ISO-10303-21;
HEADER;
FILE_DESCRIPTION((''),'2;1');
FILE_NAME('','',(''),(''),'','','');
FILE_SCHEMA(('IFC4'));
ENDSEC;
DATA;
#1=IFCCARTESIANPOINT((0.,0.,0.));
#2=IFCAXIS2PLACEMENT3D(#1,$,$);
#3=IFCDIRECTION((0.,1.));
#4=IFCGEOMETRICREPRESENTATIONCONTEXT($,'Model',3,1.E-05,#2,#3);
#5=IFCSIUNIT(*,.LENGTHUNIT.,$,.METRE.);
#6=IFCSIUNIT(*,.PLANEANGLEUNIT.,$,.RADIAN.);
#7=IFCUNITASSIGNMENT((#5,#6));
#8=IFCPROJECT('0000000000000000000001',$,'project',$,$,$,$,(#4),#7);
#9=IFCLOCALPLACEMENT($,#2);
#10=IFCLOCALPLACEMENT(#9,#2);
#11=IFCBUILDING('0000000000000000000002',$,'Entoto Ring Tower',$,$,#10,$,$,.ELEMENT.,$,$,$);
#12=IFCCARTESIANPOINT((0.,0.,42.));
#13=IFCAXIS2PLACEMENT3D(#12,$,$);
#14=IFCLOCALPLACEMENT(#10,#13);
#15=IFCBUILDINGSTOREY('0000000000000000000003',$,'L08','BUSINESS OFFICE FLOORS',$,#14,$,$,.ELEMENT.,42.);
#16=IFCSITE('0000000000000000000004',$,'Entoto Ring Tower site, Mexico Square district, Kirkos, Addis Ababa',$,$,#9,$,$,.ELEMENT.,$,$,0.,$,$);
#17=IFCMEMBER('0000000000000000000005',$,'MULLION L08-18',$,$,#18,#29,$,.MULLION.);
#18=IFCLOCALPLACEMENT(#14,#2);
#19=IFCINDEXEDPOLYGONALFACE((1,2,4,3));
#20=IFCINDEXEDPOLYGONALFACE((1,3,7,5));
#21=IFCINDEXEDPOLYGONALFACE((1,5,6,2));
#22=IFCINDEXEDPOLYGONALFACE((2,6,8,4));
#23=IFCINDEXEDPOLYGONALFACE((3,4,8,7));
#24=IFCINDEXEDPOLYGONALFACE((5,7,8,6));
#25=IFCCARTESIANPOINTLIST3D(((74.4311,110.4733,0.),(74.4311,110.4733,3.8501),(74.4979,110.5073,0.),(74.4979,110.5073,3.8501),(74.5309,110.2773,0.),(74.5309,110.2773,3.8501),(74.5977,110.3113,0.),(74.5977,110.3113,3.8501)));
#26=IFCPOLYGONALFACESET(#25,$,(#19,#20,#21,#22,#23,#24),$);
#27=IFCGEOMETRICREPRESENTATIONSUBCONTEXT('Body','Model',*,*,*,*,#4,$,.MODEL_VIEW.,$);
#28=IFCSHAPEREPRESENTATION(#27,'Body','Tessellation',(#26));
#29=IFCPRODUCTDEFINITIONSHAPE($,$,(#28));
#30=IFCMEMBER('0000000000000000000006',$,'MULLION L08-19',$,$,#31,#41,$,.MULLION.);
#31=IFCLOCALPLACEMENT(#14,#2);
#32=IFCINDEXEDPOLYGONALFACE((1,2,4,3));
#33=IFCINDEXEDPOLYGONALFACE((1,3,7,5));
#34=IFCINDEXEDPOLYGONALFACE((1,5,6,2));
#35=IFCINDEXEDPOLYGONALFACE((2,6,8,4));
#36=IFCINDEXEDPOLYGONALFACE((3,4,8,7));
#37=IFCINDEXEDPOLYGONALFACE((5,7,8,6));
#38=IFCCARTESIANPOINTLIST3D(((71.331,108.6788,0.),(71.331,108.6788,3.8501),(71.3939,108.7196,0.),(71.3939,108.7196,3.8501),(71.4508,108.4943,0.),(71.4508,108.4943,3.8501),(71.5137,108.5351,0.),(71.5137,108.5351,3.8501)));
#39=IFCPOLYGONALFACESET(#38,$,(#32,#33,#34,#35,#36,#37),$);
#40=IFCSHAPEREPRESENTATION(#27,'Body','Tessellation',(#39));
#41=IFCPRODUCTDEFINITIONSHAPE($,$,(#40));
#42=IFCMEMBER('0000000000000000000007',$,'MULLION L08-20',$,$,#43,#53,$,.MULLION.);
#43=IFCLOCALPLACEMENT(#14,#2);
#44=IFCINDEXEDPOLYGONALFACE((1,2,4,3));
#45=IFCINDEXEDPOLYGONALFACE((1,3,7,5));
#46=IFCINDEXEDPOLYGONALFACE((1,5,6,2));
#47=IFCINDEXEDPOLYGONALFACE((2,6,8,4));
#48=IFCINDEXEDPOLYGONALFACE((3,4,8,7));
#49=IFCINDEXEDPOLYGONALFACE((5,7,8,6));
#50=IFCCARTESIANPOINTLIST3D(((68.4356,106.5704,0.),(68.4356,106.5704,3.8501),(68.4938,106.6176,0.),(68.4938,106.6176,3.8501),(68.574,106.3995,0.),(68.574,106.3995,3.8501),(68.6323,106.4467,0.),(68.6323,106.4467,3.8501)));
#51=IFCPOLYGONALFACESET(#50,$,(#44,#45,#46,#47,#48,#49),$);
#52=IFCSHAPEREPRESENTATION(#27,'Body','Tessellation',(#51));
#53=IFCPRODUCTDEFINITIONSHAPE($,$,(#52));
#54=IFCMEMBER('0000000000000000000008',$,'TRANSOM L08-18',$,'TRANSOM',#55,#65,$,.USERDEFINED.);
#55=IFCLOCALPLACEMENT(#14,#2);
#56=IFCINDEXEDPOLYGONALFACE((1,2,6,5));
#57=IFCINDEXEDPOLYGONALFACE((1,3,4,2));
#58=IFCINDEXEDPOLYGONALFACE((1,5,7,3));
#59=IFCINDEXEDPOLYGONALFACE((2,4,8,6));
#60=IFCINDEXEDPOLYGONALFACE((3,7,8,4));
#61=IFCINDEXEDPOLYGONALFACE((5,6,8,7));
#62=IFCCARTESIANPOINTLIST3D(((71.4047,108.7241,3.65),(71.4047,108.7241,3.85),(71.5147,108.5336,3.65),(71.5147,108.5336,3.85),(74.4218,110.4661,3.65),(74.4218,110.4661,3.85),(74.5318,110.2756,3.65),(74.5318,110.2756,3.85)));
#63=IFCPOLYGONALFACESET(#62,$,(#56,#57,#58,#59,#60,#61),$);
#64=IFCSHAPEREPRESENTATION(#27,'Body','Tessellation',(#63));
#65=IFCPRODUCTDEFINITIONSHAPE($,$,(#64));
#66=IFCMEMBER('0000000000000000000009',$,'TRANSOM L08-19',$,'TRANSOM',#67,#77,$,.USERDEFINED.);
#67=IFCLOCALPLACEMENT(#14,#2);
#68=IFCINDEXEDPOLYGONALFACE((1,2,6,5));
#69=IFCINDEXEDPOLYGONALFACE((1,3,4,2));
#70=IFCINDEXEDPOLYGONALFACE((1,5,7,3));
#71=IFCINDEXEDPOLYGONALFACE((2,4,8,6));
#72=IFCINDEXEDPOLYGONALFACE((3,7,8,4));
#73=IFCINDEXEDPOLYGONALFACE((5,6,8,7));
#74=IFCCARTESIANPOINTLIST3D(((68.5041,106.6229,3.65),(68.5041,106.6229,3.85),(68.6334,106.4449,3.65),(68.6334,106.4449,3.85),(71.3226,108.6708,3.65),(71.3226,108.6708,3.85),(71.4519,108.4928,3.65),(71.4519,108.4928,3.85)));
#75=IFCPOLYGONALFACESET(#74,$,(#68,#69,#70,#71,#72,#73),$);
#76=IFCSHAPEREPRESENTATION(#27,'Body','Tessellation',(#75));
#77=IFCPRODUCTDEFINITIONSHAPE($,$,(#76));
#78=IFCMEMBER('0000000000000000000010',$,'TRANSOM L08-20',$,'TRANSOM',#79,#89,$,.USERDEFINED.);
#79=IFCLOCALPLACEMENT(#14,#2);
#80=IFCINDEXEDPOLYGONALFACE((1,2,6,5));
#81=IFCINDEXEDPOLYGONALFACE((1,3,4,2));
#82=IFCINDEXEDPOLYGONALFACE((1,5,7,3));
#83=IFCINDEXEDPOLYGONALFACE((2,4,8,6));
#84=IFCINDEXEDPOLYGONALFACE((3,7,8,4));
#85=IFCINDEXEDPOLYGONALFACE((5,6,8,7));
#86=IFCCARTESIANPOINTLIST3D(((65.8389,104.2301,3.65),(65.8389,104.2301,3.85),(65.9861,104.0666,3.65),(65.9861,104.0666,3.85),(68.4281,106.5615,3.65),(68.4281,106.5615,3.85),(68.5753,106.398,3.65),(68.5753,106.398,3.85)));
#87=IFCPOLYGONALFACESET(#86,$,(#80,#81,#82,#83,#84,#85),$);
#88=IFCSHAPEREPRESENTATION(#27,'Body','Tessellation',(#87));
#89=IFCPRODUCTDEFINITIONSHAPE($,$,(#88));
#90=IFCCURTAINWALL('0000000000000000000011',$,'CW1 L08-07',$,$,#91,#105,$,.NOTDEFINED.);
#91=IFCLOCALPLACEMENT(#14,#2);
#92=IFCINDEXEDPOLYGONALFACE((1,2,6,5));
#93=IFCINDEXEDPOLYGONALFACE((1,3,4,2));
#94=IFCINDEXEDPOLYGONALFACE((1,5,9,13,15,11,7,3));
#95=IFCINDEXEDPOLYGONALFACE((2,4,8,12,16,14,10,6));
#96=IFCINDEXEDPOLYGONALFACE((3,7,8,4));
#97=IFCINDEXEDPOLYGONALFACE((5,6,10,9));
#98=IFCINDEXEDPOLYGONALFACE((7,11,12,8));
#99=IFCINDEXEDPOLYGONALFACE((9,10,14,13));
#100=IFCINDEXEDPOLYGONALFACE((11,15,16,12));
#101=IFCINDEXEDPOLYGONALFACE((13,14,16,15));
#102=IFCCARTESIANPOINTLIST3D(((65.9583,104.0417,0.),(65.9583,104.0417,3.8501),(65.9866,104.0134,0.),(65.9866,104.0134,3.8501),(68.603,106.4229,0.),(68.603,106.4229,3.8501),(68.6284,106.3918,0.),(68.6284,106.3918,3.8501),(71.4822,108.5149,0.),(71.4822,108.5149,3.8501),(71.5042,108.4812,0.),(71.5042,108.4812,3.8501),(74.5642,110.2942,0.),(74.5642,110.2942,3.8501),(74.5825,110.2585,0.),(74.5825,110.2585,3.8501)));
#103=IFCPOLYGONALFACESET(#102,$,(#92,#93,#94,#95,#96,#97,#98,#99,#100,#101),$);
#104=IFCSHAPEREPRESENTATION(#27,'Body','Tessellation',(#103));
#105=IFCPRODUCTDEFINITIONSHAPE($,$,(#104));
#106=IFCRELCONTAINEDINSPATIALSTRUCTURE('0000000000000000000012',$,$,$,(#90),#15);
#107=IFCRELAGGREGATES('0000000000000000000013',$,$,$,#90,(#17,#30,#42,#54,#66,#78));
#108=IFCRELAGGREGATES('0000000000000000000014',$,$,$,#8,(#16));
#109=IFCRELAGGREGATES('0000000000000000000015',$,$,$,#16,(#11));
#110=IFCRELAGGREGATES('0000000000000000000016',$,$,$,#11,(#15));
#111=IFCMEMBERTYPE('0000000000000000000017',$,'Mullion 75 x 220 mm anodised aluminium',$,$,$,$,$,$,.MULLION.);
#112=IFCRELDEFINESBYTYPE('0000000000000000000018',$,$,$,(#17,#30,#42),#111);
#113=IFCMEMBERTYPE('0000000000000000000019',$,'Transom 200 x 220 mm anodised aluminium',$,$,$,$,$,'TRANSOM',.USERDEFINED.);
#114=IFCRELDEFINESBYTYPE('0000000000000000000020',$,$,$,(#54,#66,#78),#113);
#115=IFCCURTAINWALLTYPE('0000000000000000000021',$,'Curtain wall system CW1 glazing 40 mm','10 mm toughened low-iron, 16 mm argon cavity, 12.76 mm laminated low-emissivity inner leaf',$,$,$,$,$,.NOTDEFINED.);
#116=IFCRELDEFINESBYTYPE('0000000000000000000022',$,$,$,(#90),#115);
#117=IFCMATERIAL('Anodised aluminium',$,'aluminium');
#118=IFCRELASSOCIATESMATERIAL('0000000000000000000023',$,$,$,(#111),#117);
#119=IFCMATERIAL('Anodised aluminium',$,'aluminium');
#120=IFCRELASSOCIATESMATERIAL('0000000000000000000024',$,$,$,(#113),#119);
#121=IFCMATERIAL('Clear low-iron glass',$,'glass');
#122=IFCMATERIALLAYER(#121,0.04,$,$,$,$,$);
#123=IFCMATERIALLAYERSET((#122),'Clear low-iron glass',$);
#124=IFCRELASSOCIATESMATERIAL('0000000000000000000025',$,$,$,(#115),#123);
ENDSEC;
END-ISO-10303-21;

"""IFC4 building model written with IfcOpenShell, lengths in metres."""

from ifc_helpers import new_model, si_unit, direction, frame, origin, origin_2d, place, context, subcontext, project, spatial, polyline, rectangle, outline, extrude, material, layer, layer_set, material_profile, profile_set, type_object, element, aggregate, save


model = new_model("IFC4")

# Units and contexts
model_context = context("Model", 3, precision=1e-05, world=origin(), true_north=direction((0.0, 1.0)))
body_context = subcontext(model_context, "Body", "Model", "MODEL_VIEW")
ifc_project = project(units=[si_unit("LENGTHUNIT", "METRE"), si_unit("PLANEANGLEUNIT", "RADIAN")], contexts=[model_context])

# Members
ifc_material_1 = material(Name="Anodised aluminium", Category="aluminium")
ifc_material_profile_1 = material_profile(ifc_material_1, rectangle(XDim=0.075, YDim=0.22, at=origin_2d()), Name="Mullion 75 x 220 mm anodised aluminium")
ifc_profile_set_1 = profile_set([ifc_material_profile_1], Name="Anodised aluminium")
member_type_1 = type_object("IfcMemberType", Name="Mullion 75 x 220 mm anodised aluminium", PredefinedType="MULLION", material=ifc_profile_set_1)
site_placement = place(None, origin())
building_placement = place(site_placement, origin())
storey_placement = place(building_placement, frame((0.0, 0.0, 42.0)))
member_1_placement = place(storey_placement, frame((74.5144, 110.3923, 0.0), z_axis=(0.0, 0.0, 1.0), x_axis=(-0.891007, -0.45399, 0.0)))
member_1 = element("IfcMember", 1, at=member_1_placement, type_object=member_type_1, Name="MULLION L08-18", PredefinedType="MULLION", context=body_context, shape_type="SweptSolid", body=[
    extrude(rectangle(XDim=0.075, YDim=0.22, at=origin_2d()), origin(), (0.0, 0.0, 1.0), 3.8501),
])
member_2_placement = place(storey_placement, frame((71.4224, 108.6069, 0.0), z_axis=(0.0, 0.0, 1.0), x_axis=(-0.838671, -0.544639, 0.0)))
member_2 = element("IfcMember", 2, at=member_2_placement, type_object=member_type_1, Name="MULLION L08-19", PredefinedType="MULLION", context=body_context, shape_type="SweptSolid", body=[
    extrude(rectangle(XDim=0.075, YDim=0.22, at=origin_2d()), origin(), (0.0, 0.0, 1.0), 3.8501),
])
member_3_placement = place(storey_placement, frame((68.5339, 106.5085, 0.0), z_axis=(0.0, 0.0, 1.0), x_axis=(-0.777146, -0.62932, 0.0)))
member_3 = element("IfcMember", 3, at=member_3_placement, type_object=member_type_1, Name="MULLION L08-20", PredefinedType="MULLION", context=body_context, shape_type="SweptSolid", body=[
    extrude(rectangle(XDim=0.075, YDim=0.22, at=origin_2d()), origin(), (0.0, 0.0, 1.0), 3.8501),
])
ifc_material_2 = material(Name="Anodised aluminium", Category="aluminium")
ifc_material_profile_2 = material_profile(ifc_material_2, rectangle(XDim=0.22, YDim=0.2, at=origin_2d()), Name="Transom 200 x 220 mm anodised aluminium")
ifc_profile_set_2 = profile_set([ifc_material_profile_2], Name="Anodised aluminium")
member_type_2 = type_object("IfcMemberType", Name="Transom 200 x 220 mm anodised aluminium", ElementType="TRANSOM", PredefinedType="USERDEFINED", material=ifc_profile_set_2)
member_4_placement = place(storey_placement, frame((74.4768, 110.3708, 3.75), z_axis=(-0.866022, -0.500006, 0.0), x_axis=(0.500006, -0.866022, 0.0)))
member_4 = element("IfcMember", 4, at=member_4_placement, type_object=member_type_2, Name="TRANSOM L08-18", ObjectType="TRANSOM", PredefinedType="USERDEFINED", context=body_context, shape_type="SweptSolid", body=[
    extrude(rectangle(XDim=0.22, YDim=0.2, at=origin_2d()), origin(), (0.0, 0.0, 1.0), 3.4839),
])
member_5_placement = place(storey_placement, frame((71.3872, 108.5818, 3.75), z_axis=(-0.808991, -0.587822, 0.0), x_axis=(0.587822, -0.808991, 0.0)))
member_5 = element("IfcMember", 5, at=member_5_placement, type_object=member_type_2, Name="TRANSOM L08-19", ObjectType="TRANSOM", PredefinedType="USERDEFINED", context=body_context, shape_type="SweptSolid", body=[
    extrude(rectangle(XDim=0.22, YDim=0.2, at=origin_2d()), origin(), (0.0, 0.0, 1.0), 3.4839),
])
member_6_placement = place(storey_placement, frame((68.5017, 106.4797, 3.75), z_axis=(-0.743137, -0.669139, 0.0), x_axis=(0.669139, -0.743137, 0.0)))
member_6 = element("IfcMember", 6, at=member_6_placement, type_object=member_type_2, Name="TRANSOM L08-20", ObjectType="TRANSOM", PredefinedType="USERDEFINED", context=body_context, shape_type="SweptSolid", body=[
    extrude(rectangle(XDim=0.22, YDim=0.2, at=origin_2d()), origin(), (0.0, 0.0, 1.0), 3.4841),
])

# Site, building, storey
site = spatial("IfcSite", under=ifc_project, at=site_placement, Name="Entoto Ring Tower site, Mexico Square district, Kirkos, Addis Ababa", CompositionType="ELEMENT", RefElevation=0.0)
building = spatial("IfcBuilding", under=site, at=building_placement, Name="Entoto Ring Tower", CompositionType="ELEMENT")
storey = spatial("IfcBuildingStorey", under=building, at=storey_placement, Name="L08", Description="BUSINESS OFFICE FLOORS", CompositionType="ELEMENT", Elevation=42.0)

# Curtain wall
ifc_material_3 = material(Name="Clear low-iron glass", Category="glass")
ifc_layer = layer(ifc_material_3, 0.04)
ifc_layer_set = layer_set([ifc_layer], Name="Clear low-iron glass")
curtain_wall_type = type_object("IfcCurtainWallType", Name="Curtain wall system CW1 glazing 40 mm", Description="10 mm toughened low-iron, 16 mm argon cavity, 12.76 mm laminated low-emissivity inner leaf", PredefinedType="NOTDEFINED", material=ifc_layer_set)
curtain_wall_1_placement = place(storey_placement, origin())
curtain_wall_1 = element("IfcCurtainWall", 7, at=curtain_wall_1_placement, inside=storey, type_object=curtain_wall_type, Name="CW1 L08-07", PredefinedType="NOTDEFINED", context=body_context, shape_type="SweptSolid", body=[
    extrude(outline(polyline([(74.5642, 110.2942), (71.4822, 108.5149), (68.603, 106.4229), (65.9583, 104.0417), (65.9866, 104.0134), (68.6284, 106.3918), (71.5042, 108.4812), (74.5825, 110.2585), (74.5642, 110.2942)])), origin(), (0.0, 0.0, 1.0), 3.8501),
])
aggregate(curtain_wall_1, [member_1, member_2, member_3, member_4, member_5, member_6])

save(model, "model.ifc")
